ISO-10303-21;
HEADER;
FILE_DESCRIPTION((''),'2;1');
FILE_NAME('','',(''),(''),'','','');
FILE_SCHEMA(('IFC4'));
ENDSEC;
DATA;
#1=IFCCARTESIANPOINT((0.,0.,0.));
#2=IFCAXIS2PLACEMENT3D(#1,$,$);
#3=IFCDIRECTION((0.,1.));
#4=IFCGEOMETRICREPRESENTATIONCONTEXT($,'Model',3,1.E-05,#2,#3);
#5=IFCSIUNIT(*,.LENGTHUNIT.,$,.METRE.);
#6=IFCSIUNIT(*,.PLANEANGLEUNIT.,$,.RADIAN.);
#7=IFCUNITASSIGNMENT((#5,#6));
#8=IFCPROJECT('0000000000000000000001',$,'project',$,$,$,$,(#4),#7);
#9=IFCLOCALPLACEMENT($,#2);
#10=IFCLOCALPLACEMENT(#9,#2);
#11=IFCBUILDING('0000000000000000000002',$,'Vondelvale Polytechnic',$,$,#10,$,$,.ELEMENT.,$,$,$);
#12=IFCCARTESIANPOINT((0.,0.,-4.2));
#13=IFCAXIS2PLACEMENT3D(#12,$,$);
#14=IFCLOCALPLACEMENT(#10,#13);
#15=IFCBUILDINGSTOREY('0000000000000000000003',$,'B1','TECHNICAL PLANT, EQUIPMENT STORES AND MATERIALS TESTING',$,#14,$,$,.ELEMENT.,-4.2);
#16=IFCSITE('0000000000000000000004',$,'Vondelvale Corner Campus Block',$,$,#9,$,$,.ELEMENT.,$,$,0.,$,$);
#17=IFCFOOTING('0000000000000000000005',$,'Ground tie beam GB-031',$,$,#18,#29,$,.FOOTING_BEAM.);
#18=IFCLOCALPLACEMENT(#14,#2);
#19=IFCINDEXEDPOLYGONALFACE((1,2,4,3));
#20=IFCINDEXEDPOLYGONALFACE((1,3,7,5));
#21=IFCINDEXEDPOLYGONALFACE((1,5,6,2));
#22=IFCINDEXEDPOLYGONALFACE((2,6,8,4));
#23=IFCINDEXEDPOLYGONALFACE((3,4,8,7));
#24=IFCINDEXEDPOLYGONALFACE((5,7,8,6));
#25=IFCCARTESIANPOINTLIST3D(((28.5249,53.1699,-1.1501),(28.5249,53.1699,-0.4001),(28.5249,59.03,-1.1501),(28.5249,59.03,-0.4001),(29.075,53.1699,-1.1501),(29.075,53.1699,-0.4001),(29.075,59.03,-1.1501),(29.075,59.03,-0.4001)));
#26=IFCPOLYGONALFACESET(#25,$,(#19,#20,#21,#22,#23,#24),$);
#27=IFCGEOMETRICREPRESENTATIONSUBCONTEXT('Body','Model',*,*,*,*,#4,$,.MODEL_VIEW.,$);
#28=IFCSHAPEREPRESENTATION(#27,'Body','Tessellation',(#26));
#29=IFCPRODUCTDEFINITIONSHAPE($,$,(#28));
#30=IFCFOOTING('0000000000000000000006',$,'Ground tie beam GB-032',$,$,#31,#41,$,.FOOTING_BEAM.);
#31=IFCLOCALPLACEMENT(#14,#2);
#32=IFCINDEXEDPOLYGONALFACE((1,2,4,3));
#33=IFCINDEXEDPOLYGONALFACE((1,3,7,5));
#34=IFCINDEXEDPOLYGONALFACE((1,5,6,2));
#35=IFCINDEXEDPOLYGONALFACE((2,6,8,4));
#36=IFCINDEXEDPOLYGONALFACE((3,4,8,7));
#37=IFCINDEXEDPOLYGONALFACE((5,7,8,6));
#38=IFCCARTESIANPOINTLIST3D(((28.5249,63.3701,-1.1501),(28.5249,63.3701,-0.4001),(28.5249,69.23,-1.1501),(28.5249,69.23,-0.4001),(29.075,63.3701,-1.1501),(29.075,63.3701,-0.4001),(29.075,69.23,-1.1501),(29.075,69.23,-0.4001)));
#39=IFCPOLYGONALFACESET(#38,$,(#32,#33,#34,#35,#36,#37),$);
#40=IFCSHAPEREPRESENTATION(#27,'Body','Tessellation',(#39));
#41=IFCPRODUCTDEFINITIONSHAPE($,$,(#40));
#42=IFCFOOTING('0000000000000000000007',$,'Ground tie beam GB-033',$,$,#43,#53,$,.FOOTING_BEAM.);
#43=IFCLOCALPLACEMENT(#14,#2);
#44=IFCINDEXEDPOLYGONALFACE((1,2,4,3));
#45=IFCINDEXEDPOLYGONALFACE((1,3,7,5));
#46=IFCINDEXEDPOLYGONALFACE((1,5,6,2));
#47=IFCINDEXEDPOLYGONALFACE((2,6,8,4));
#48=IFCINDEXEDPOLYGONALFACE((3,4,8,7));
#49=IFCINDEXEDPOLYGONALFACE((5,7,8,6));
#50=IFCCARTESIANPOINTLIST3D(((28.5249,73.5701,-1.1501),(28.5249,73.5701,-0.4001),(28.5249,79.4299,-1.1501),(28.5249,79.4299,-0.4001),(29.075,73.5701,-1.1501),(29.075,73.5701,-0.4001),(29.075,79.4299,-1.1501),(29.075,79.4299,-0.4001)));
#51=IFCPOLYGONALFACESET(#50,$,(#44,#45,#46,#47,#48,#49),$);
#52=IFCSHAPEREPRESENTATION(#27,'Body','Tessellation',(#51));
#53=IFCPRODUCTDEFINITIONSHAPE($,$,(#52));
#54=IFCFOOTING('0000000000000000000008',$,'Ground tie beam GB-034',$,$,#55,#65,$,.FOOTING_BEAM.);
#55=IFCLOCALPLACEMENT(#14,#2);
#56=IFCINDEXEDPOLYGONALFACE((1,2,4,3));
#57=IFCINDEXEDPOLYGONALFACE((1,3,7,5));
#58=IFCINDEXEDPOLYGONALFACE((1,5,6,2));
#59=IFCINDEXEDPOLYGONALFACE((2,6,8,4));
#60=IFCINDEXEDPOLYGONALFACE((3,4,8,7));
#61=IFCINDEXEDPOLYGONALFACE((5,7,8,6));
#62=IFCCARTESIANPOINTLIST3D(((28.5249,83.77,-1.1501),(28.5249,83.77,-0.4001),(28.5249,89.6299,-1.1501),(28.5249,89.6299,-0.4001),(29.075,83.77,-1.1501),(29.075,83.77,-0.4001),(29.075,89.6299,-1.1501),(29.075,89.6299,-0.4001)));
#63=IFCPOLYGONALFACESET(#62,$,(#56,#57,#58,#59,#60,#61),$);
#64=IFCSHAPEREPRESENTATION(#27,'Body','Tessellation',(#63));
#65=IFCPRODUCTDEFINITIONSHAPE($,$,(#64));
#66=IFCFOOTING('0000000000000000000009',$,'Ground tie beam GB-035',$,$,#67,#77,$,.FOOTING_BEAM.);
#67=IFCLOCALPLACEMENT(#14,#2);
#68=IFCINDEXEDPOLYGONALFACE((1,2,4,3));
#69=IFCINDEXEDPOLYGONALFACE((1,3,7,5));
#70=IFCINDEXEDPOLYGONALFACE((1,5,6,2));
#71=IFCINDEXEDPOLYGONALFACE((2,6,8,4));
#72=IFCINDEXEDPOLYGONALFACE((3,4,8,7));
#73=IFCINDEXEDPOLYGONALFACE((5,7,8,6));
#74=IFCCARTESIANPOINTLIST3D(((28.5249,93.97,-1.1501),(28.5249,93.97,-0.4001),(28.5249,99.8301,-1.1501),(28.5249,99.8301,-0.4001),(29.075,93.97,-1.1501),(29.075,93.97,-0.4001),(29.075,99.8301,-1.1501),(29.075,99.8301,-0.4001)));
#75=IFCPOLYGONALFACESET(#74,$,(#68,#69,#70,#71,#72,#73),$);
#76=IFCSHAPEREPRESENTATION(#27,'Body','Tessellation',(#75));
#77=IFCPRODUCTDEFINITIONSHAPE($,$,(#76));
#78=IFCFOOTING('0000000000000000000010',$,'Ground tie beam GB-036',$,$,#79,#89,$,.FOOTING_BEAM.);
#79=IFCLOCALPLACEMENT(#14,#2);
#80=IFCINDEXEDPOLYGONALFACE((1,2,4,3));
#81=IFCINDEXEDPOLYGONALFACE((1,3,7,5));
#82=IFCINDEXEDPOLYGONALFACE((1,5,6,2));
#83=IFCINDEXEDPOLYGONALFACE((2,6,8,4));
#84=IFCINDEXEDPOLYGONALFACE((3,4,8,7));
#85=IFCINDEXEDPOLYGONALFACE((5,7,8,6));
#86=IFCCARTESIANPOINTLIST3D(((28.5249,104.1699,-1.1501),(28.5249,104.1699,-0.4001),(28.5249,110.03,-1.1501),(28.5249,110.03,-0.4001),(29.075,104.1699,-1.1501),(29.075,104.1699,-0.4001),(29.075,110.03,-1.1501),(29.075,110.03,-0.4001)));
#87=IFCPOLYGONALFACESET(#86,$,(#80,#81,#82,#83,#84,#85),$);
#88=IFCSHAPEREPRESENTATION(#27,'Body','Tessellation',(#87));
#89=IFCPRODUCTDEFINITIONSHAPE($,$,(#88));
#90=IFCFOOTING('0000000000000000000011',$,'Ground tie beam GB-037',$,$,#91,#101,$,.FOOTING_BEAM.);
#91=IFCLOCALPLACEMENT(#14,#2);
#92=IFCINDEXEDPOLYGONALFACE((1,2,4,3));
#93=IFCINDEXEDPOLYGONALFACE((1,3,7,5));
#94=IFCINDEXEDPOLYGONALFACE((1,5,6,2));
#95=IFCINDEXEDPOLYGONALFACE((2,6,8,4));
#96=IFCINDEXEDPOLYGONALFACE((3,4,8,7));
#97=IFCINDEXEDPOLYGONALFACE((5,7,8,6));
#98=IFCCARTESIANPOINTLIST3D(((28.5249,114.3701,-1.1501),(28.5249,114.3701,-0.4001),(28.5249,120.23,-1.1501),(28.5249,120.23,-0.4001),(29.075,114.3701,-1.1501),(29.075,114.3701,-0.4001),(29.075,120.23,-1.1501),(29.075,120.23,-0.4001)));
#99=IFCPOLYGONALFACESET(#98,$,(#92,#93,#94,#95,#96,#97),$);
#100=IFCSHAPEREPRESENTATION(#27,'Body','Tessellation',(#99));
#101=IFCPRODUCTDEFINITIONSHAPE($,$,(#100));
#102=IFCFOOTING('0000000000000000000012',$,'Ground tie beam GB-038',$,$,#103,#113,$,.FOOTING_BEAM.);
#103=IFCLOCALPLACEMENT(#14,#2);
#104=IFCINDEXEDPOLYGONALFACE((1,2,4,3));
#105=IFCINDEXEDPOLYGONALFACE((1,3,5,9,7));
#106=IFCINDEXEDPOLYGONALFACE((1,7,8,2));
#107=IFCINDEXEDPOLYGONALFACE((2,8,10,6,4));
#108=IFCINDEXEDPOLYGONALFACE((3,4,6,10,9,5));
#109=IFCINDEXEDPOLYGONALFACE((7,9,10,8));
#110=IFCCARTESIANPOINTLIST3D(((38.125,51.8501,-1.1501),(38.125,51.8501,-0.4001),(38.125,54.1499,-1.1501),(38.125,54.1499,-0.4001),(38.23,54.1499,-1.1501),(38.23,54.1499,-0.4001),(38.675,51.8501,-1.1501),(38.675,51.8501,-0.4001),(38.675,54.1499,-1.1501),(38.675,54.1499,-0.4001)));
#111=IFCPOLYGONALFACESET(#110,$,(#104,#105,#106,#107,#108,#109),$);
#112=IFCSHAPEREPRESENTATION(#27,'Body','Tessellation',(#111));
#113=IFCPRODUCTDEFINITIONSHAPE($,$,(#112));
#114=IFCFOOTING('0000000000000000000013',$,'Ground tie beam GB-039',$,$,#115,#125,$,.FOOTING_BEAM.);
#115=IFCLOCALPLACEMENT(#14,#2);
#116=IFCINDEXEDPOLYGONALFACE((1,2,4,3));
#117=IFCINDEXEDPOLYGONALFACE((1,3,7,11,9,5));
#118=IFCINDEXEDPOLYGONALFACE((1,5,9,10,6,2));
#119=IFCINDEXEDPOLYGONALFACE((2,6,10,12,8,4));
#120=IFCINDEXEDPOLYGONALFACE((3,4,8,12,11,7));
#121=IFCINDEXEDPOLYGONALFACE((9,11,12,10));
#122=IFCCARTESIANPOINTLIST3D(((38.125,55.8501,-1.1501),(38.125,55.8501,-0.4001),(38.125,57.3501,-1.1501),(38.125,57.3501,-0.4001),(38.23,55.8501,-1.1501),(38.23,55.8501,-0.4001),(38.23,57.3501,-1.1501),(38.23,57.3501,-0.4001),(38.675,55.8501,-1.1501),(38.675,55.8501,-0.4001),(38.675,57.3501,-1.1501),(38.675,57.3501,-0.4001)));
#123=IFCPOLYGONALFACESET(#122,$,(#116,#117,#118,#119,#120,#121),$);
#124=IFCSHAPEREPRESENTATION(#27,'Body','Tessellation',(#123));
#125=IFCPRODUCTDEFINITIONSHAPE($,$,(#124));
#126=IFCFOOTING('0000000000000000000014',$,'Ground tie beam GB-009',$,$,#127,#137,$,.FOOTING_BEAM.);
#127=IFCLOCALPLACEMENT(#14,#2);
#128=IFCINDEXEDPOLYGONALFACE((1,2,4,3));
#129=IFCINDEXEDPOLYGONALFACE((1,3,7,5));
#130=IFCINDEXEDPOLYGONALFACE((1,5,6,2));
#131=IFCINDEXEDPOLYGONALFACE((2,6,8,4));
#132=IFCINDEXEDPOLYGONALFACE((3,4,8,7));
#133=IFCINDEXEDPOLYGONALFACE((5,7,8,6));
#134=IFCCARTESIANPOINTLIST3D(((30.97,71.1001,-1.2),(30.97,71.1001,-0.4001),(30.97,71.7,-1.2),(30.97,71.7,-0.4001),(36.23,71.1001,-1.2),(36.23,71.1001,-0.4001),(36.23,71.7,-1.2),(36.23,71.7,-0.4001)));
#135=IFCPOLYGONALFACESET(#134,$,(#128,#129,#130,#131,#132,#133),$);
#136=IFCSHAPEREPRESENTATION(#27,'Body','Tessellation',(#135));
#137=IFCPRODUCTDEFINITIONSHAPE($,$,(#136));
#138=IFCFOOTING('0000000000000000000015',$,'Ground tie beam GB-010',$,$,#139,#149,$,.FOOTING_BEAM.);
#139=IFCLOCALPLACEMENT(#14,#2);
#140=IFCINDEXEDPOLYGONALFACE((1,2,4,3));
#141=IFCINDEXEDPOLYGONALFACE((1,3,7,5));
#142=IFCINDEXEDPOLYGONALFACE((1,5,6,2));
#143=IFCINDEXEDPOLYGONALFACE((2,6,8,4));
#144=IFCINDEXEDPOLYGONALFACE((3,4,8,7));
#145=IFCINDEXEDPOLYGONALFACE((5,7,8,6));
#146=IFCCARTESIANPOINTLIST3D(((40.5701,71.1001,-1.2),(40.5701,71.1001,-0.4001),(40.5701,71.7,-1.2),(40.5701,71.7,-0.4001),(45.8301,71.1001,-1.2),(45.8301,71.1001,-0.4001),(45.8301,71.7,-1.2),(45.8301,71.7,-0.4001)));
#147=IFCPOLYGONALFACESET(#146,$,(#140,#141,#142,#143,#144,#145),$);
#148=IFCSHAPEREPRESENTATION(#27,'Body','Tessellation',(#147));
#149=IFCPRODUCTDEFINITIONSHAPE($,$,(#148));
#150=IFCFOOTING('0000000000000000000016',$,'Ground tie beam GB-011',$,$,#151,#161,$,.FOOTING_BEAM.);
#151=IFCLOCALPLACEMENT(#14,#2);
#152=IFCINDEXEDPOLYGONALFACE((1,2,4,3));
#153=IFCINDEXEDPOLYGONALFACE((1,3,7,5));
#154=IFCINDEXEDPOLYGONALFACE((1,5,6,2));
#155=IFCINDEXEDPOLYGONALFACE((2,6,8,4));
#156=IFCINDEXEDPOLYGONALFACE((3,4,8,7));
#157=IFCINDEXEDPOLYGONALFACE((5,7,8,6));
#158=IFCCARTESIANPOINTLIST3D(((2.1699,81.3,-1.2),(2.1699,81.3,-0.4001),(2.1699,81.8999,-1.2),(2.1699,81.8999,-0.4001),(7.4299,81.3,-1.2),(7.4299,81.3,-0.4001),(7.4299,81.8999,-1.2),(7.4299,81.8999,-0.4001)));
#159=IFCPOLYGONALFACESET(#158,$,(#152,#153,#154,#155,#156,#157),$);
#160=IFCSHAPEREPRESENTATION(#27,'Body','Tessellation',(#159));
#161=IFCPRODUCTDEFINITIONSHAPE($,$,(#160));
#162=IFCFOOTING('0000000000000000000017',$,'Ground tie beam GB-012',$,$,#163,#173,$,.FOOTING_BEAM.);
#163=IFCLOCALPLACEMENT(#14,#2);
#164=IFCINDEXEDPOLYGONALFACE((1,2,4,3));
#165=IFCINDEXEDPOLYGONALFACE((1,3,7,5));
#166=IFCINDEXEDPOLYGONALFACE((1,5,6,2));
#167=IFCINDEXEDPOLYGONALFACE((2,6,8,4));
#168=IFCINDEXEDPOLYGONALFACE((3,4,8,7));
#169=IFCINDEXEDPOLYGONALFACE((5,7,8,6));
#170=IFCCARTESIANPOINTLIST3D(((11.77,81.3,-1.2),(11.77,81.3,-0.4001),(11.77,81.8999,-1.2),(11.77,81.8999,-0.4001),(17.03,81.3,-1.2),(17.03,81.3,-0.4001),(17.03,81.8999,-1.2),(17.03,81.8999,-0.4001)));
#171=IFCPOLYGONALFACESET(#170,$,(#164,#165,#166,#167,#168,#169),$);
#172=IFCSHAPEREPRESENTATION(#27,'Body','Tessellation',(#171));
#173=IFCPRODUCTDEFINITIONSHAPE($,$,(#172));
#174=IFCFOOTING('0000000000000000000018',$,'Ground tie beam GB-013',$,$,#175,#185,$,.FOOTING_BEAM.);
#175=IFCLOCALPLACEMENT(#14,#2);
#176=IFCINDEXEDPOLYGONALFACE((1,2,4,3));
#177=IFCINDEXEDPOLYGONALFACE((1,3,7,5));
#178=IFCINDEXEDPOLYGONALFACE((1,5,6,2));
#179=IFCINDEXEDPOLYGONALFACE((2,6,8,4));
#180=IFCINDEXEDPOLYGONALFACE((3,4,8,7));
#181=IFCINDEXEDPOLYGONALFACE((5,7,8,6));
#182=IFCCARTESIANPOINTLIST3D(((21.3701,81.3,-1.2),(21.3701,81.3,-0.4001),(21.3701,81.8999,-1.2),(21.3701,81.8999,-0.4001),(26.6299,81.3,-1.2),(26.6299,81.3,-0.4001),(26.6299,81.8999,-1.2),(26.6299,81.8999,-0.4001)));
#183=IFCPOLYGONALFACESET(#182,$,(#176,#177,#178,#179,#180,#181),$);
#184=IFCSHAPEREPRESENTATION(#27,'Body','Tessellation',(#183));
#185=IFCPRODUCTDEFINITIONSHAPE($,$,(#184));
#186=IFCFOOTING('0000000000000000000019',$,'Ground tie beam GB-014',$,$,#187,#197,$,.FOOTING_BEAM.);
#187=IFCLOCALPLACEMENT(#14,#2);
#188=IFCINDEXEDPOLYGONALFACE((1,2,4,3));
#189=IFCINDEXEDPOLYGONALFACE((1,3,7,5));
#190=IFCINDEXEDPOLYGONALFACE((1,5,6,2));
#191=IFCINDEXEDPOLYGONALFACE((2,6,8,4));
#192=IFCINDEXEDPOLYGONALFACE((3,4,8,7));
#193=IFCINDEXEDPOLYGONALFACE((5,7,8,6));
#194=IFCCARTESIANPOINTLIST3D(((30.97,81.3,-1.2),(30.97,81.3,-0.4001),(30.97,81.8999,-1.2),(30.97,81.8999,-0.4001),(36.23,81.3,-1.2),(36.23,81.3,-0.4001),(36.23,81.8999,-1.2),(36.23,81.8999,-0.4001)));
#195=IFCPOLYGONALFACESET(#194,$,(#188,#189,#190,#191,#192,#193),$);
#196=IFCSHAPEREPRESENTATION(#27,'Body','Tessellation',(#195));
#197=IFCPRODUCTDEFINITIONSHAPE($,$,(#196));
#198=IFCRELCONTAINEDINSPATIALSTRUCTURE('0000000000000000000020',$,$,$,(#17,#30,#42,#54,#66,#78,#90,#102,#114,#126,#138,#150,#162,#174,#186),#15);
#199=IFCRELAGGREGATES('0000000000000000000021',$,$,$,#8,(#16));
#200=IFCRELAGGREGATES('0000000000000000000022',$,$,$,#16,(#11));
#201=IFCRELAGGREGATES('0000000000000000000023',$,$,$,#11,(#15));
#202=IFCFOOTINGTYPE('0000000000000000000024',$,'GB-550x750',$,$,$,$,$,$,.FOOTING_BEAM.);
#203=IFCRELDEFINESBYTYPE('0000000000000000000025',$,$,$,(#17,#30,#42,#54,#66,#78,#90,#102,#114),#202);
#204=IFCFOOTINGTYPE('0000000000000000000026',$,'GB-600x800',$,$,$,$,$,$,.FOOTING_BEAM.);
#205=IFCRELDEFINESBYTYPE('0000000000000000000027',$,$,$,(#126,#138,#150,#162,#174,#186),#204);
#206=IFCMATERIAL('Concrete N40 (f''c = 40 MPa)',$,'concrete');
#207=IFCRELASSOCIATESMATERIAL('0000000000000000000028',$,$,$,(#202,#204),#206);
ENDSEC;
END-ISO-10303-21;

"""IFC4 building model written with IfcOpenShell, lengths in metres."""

from ifc_helpers import new_model, si_unit, direction, frame, origin, place, context, subcontext, project, spatial, polyline, outline, extrude, material, type_object, element, save


model = new_model("IFC4")

# Units and contexts
model_context = context("Model", 3, precision=1e-05, world=origin(), true_north=direction((0.0, 1.0)))
body_context = subcontext(model_context, "Body", "Model", "MODEL_VIEW")
ifc_project = project(units=[si_unit("LENGTHUNIT", "METRE"), si_unit("PLANEANGLEUNIT", "RADIAN")], contexts=[model_context])

# Site, building, storey
site_placement = place(None, origin())
site = spatial("IfcSite", under=ifc_project, at=site_placement, Name="Vondelvale Corner Campus Block", CompositionType="ELEMENT", RefElevation=0.0)
building_placement = place(site_placement, origin())
building = spatial("IfcBuilding", under=site, at=building_placement, Name="Vondelvale Polytechnic", CompositionType="ELEMENT")
storey_placement = place(building_placement, frame((0.0, 0.0, -4.2)))
storey = spatial("IfcBuildingStorey", under=building, at=storey_placement, Name="B1", Description="TECHNICAL PLANT, EQUIPMENT STORES AND MATERIALS TESTING", CompositionType="ELEMENT", Elevation=-4.2)

# Footings
ifc_material = material(Name="Concrete N40 (f'c = 40 MPa)", Category="concrete")
footing_type_1 = type_object("IfcFootingType", Name="GB-550x750", PredefinedType="FOOTING_BEAM", material=ifc_material)
footing_1_placement = place(storey_placement, frame((0.0, 0.0, -1.1501)))
element("IfcFooting", 1, at=footing_1_placement, inside=storey, type_object=footing_type_1, Name="Ground tie beam GB-031", PredefinedType="FOOTING_BEAM", context=body_context, shape_type="SweptSolid", body=[
    extrude(outline(polyline([(29.075, 53.1699), (28.5249, 53.1699), (28.5249, 59.03), (29.075, 59.03), (29.075, 53.1699)])), origin(), (0.0, 0.0, 1.0), 0.75),
])
footing_2_placement = place(storey_placement, frame((0.0, 0.0, -1.1501)))
element("IfcFooting", 2, at=footing_2_placement, inside=storey, type_object=footing_type_1, Name="Ground tie beam GB-032", PredefinedType="FOOTING_BEAM", context=body_context, shape_type="SweptSolid", body=[
    extrude(outline(polyline([(29.075, 63.3701), (28.5249, 63.3701), (28.5249, 69.23), (29.075, 69.23), (29.075, 63.3701)])), origin(), (0.0, 0.0, 1.0), 0.75),
])
footing_3_placement = place(storey_placement, frame((0.0, 0.0, -1.1501)))
element("IfcFooting", 3, at=footing_3_placement, inside=storey, type_object=footing_type_1, Name="Ground tie beam GB-033", PredefinedType="FOOTING_BEAM", context=body_context, shape_type="SweptSolid", body=[
    extrude(outline(polyline([(29.075, 73.5701), (28.5249, 73.5701), (28.5249, 79.4299), (29.075, 79.4299), (29.075, 73.5701)])), origin(), (0.0, 0.0, 1.0), 0.75),
])
footing_4_placement = place(storey_placement, frame((0.0, 0.0, -1.1501)))
element("IfcFooting", 4, at=footing_4_placement, inside=storey, type_object=footing_type_1, Name="Ground tie beam GB-034", PredefinedType="FOOTING_BEAM", context=body_context, shape_type="SweptSolid", body=[
    extrude(outline(polyline([(29.075, 83.77), (28.5249, 83.77), (28.5249, 89.6299), (29.075, 89.6299), (29.075, 83.77)])), origin(), (0.0, 0.0, 1.0), 0.75),
])
footing_5_placement = place(storey_placement, frame((0.0, 0.0, -1.1501)))
element("IfcFooting", 5, at=footing_5_placement, inside=storey, type_object=footing_type_1, Name="Ground tie beam GB-035", PredefinedType="FOOTING_BEAM", context=body_context, shape_type="SweptSolid", body=[
    extrude(outline(polyline([(29.075, 93.97), (28.5249, 93.97), (28.5249, 99.8301), (29.075, 99.8301), (29.075, 93.97)])), origin(), (0.0, 0.0, 1.0), 0.75),
])
footing_6_placement = place(storey_placement, frame((0.0, 0.0, -1.1501)))
element("IfcFooting", 6, at=footing_6_placement, inside=storey, type_object=footing_type_1, Name="Ground tie beam GB-036", PredefinedType="FOOTING_BEAM", context=body_context, shape_type="SweptSolid", body=[
    extrude(outline(polyline([(29.075, 104.1699), (28.5249, 104.1699), (28.5249, 110.03), (29.075, 110.03), (29.075, 104.1699)])), origin(), (0.0, 0.0, 1.0), 0.75),
])
footing_7_placement = place(storey_placement, frame((0.0, 0.0, -1.1501)))
element("IfcFooting", 7, at=footing_7_placement, inside=storey, type_object=footing_type_1, Name="Ground tie beam GB-037", PredefinedType="FOOTING_BEAM", context=body_context, shape_type="SweptSolid", body=[
    extrude(outline(polyline([(29.075, 114.3701), (28.5249, 114.3701), (28.5249, 120.23), (29.075, 120.23), (29.075, 114.3701)])), origin(), (0.0, 0.0, 1.0), 0.75),
])
footing_8_placement = place(storey_placement, frame((0.0, 0.0, -1.1501)))
element("IfcFooting", 8, at=footing_8_placement, inside=storey, type_object=footing_type_1, Name="Ground tie beam GB-038", PredefinedType="FOOTING_BEAM", context=body_context, shape_type="SweptSolid", body=[
    extrude(outline(polyline([(38.675, 51.8501), (38.125, 51.8501), (38.125, 54.1499), (38.23, 54.1499), (38.675, 54.1499), (38.675, 51.8501)])), origin(), (0.0, 0.0, 1.0), 0.75),
])
footing_9_placement = place(storey_placement, frame((0.0, 0.0, -1.1501)))
element("IfcFooting", 9, at=footing_9_placement, inside=storey, type_object=footing_type_1, Name="Ground tie beam GB-039", PredefinedType="FOOTING_BEAM", context=body_context, shape_type="SweptSolid", body=[
    extrude(outline(polyline([(38.675, 55.8501), (38.23, 55.8501), (38.125, 55.8501), (38.125, 57.3501), (38.23, 57.3501), (38.675, 57.3501), (38.675, 55.8501)])), origin(), (0.0, 0.0, 1.0), 0.75),
])
footing_type_2 = type_object("IfcFootingType", Name="GB-600x800", PredefinedType="FOOTING_BEAM", material=ifc_material)
footing_10_placement = place(storey_placement, frame((0.0, 0.0, -1.2)))
element("IfcFooting", 10, at=footing_10_placement, inside=storey, type_object=footing_type_2, Name="Ground tie beam GB-009", PredefinedType="FOOTING_BEAM", context=body_context, shape_type="SweptSolid", body=[
    extrude(outline(polyline([(30.97, 71.1001), (30.97, 71.7), (36.23, 71.7), (36.23, 71.1001), (30.97, 71.1001)])), origin(), (0.0, 0.0, 1.0), 0.7998),
])
footing_11_placement = place(storey_placement, frame((0.0, 0.0, -1.2)))
element("IfcFooting", 11, at=footing_11_placement, inside=storey, type_object=footing_type_2, Name="Ground tie beam GB-010", PredefinedType="FOOTING_BEAM", context=body_context, shape_type="SweptSolid", body=[
    extrude(outline(polyline([(40.5701, 71.1001), (40.5701, 71.7), (45.8301, 71.7), (45.8301, 71.1001), (40.5701, 71.1001)])), origin(), (0.0, 0.0, 1.0), 0.7998),
])
footing_12_placement = place(storey_placement, frame((0.0, 0.0, -1.2)))
element("IfcFooting", 12, at=footing_12_placement, inside=storey, type_object=footing_type_2, Name="Ground tie beam GB-011", PredefinedType="FOOTING_BEAM", context=body_context, shape_type="SweptSolid", body=[
    extrude(outline(polyline([(2.1699, 81.3), (2.1699, 81.8999), (7.4299, 81.8999), (7.4299, 81.3), (2.1699, 81.3)])), origin(), (0.0, 0.0, 1.0), 0.7998),
])
footing_13_placement = place(storey_placement, frame((0.0, 0.0, -1.2)))
element("IfcFooting", 13, at=footing_13_placement, inside=storey, type_object=footing_type_2, Name="Ground tie beam GB-012", PredefinedType="FOOTING_BEAM", context=body_context, shape_type="SweptSolid", body=[
    extrude(outline(polyline([(11.77, 81.3), (11.77, 81.8999), (17.03, 81.8999), (17.03, 81.3), (11.77, 81.3)])), origin(), (0.0, 0.0, 1.0), 0.7998),
])
footing_14_placement = place(storey_placement, frame((0.0, 0.0, -1.2)))
element("IfcFooting", 14, at=footing_14_placement, inside=storey, type_object=footing_type_2, Name="Ground tie beam GB-013", PredefinedType="FOOTING_BEAM", context=body_context, shape_type="SweptSolid", body=[
    extrude(outline(polyline([(21.3701, 81.3), (21.3701, 81.8999), (26.6299, 81.8999), (26.6299, 81.3), (21.3701, 81.3)])), origin(), (0.0, 0.0, 1.0), 0.7998),
])
footing_15_placement = place(storey_placement, frame((0.0, 0.0, -1.2)))
element("IfcFooting", 15, at=footing_15_placement, inside=storey, type_object=footing_type_2, Name="Ground tie beam GB-014", PredefinedType="FOOTING_BEAM", context=body_context, shape_type="SweptSolid", body=[
    extrude(outline(polyline([(30.97, 81.3), (30.97, 81.8999), (36.23, 81.8999), (36.23, 81.3), (30.97, 81.3)])), origin(), (0.0, 0.0, 1.0), 0.7998),
])

save(model, "model.ifc")
